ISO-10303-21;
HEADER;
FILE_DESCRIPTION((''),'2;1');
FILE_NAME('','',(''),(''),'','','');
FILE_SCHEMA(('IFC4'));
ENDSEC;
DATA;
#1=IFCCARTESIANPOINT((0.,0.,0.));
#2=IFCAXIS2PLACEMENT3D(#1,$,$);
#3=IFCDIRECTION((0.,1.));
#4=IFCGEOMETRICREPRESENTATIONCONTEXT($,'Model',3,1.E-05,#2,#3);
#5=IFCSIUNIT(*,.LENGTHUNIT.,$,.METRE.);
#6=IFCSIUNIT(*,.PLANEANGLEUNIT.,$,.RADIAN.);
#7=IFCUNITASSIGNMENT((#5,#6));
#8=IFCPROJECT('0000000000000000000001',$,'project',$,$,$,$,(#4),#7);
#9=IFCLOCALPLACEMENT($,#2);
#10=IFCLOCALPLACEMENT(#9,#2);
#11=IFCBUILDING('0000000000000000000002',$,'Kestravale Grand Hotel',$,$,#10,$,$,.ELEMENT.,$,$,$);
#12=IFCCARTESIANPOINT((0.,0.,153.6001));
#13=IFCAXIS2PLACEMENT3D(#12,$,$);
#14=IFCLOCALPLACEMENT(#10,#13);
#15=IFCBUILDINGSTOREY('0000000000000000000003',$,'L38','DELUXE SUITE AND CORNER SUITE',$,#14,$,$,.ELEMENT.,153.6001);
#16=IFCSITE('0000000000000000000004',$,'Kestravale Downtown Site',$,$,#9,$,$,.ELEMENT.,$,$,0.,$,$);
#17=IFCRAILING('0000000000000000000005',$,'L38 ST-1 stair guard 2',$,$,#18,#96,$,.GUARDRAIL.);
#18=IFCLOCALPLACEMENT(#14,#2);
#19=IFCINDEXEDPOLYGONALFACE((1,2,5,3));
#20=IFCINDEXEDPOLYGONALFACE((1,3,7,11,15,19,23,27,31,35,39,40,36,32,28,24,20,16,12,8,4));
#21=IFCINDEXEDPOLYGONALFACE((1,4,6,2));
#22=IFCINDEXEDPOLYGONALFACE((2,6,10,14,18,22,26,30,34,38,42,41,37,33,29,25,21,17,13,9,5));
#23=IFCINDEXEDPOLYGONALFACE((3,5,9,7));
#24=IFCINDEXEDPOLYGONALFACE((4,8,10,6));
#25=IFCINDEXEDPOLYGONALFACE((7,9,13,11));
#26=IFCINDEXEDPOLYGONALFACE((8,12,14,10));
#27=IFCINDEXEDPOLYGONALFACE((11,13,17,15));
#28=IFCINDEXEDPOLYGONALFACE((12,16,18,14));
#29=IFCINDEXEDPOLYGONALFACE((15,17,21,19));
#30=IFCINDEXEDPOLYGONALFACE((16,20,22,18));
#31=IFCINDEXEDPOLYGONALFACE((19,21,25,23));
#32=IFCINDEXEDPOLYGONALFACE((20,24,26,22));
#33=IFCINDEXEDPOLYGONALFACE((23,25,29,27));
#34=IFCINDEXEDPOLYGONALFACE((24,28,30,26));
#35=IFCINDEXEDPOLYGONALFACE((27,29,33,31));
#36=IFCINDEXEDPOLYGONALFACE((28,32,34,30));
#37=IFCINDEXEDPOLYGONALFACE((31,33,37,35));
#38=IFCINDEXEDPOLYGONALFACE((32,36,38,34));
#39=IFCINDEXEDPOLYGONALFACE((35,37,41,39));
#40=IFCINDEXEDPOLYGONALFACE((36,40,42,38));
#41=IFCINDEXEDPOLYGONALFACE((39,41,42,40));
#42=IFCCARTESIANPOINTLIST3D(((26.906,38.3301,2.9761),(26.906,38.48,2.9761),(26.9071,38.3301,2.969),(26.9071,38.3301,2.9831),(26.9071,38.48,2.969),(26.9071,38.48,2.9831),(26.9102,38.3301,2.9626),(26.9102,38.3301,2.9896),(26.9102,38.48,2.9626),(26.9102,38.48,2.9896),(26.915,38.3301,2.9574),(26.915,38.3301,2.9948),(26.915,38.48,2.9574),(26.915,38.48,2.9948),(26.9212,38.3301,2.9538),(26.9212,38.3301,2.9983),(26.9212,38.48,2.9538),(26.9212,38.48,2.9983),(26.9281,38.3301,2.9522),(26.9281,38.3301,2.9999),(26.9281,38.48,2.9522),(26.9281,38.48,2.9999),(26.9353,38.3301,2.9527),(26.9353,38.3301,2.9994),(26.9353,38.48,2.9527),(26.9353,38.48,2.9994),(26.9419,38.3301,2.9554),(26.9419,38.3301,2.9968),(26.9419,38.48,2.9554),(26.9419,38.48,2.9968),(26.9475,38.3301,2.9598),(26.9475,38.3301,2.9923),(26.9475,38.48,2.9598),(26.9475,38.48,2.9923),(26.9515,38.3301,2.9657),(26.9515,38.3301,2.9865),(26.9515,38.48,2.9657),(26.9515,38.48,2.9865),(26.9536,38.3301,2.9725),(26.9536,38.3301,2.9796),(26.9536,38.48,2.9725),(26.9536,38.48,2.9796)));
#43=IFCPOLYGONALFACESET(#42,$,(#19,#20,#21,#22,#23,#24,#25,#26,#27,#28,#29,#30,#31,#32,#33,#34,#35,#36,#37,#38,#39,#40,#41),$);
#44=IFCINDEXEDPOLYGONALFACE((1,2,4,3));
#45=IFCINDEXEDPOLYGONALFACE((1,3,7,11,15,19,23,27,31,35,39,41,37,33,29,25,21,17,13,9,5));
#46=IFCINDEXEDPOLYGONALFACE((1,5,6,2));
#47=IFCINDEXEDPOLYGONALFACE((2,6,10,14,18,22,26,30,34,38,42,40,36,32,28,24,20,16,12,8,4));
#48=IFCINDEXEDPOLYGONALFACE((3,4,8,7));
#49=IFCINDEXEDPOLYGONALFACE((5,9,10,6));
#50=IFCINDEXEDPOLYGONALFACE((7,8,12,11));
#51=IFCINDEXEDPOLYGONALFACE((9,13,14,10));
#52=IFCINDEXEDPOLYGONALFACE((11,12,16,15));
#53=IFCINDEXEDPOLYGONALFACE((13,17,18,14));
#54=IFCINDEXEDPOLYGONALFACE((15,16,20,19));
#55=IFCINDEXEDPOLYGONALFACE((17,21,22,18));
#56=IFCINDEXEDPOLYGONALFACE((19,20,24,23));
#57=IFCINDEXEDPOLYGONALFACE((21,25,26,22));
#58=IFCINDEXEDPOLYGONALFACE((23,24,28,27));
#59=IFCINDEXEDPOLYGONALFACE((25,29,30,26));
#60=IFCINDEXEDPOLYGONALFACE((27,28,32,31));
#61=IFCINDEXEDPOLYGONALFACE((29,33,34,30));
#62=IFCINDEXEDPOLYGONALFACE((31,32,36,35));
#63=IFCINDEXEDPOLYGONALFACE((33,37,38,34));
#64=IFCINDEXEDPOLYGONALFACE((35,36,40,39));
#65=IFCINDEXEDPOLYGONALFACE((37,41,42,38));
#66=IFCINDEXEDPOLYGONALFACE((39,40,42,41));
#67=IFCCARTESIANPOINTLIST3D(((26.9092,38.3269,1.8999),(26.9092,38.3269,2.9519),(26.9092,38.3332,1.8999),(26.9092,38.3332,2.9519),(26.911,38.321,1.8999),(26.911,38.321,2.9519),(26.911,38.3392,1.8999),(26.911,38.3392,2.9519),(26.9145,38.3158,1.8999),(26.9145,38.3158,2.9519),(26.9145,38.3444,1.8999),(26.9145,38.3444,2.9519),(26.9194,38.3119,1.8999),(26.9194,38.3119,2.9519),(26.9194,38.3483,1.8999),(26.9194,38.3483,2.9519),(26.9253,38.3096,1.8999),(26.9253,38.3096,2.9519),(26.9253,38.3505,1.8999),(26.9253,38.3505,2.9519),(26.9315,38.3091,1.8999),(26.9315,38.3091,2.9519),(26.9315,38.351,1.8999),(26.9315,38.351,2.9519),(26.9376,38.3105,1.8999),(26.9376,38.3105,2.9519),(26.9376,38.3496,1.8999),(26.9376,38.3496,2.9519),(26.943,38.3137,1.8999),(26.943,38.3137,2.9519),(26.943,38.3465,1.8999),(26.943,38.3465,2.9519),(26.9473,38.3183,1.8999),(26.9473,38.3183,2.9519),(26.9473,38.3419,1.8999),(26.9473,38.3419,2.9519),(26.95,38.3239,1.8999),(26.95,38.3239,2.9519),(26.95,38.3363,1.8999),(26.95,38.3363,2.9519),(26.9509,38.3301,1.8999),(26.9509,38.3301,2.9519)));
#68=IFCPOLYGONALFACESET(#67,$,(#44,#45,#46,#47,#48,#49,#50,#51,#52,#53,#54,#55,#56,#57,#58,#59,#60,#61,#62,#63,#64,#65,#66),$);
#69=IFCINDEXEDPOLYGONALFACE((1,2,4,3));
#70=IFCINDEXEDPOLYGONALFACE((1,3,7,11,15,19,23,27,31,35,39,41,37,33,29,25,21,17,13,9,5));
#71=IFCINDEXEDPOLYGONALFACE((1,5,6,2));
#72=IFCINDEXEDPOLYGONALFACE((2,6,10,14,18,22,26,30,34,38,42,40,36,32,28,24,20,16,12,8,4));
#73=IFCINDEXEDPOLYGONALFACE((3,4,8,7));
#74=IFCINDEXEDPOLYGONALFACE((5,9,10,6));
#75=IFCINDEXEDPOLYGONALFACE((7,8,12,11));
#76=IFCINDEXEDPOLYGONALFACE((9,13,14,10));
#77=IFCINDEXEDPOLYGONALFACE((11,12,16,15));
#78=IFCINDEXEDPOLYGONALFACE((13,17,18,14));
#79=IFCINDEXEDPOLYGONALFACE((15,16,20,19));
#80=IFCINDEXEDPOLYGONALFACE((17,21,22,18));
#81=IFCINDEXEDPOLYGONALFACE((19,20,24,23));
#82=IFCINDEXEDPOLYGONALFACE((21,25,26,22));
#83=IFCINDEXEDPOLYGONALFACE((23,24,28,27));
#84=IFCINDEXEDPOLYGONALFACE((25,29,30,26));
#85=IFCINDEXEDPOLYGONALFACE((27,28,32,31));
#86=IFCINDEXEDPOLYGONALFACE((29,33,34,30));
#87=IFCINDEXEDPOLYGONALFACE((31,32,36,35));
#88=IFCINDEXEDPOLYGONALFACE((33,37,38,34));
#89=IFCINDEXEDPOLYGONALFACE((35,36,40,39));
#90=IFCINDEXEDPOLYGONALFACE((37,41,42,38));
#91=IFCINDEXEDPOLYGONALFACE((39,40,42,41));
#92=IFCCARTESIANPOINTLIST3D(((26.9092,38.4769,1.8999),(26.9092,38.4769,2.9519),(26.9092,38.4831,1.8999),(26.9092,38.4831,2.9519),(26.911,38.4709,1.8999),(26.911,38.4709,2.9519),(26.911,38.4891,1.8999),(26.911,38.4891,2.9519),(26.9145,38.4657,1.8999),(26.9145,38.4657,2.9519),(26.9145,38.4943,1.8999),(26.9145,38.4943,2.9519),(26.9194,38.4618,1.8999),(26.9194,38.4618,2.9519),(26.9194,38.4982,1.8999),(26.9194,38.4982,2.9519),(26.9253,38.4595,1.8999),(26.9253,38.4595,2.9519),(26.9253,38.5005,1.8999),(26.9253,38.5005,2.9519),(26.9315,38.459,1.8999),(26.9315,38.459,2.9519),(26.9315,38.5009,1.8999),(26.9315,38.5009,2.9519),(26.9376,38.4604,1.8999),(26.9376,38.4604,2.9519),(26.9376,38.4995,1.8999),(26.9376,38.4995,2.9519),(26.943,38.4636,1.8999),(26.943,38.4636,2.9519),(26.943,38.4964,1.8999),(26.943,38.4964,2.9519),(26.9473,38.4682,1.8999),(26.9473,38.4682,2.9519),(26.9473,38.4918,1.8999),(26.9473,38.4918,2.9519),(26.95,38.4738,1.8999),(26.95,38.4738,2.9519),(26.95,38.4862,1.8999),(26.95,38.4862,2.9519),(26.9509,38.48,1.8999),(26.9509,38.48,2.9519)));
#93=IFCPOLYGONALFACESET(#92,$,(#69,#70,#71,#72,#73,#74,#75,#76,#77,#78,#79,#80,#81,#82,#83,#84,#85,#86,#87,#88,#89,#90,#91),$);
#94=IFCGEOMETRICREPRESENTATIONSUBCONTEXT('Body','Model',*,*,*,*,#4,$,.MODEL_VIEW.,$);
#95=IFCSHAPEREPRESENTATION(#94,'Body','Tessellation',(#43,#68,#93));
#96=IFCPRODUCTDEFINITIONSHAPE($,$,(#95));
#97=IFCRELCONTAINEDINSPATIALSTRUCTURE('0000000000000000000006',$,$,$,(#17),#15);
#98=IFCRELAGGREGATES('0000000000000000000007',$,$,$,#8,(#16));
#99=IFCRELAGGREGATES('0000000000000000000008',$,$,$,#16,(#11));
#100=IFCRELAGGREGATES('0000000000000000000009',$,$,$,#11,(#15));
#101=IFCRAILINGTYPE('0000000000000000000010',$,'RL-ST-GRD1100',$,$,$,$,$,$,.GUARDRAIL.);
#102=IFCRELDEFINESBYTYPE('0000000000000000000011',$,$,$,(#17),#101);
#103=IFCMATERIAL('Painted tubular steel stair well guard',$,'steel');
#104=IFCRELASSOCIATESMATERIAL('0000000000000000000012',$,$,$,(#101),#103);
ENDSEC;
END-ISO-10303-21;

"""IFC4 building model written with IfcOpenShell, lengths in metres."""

from ifc_helpers import new_model, si_unit, direction, frame, origin, origin_2d, place, context, subcontext, project, spatial, circle, extrude, material, type_object, element, save


model = new_model("IFC4")

# Units and contexts
model_context = context("Model", 3, precision=1e-05, world=origin(), true_north=direction((0.0, 1.0)))
body_context = subcontext(model_context, "Body", "Model", "MODEL_VIEW")
ifc_project = project(units=[si_unit("LENGTHUNIT", "METRE"), si_unit("PLANEANGLEUNIT", "RADIAN")], contexts=[model_context])

# Site, building, storey
site_placement = place(None, origin())
site = spatial("IfcSite", under=ifc_project, at=site_placement, Name="Kestravale Downtown Site", CompositionType="ELEMENT", RefElevation=0.0)
building_placement = place(site_placement, origin())
building = spatial("IfcBuilding", under=site, at=building_placement, Name="Kestravale Grand Hotel", CompositionType="ELEMENT")
storey_placement = place(building_placement, frame((0.0, 0.0, 153.6001)))
storey = spatial("IfcBuildingStorey", under=building, at=storey_placement, Name="L38", Description="DELUXE SUITE AND CORNER SUITE", CompositionType="ELEMENT", Elevation=153.6001)

# Railing
ifc_material_1 = material(Name="Painted tubular steel stair well guard", Category="steel")
railing_type_1 = type_object("IfcRailingType", Name="RL-ST-GRD1100", PredefinedType="GUARDRAIL", material=ifc_material_1)
railing_1_placement = place(storey_placement, frame((26.9299, 38.3301, 1.8999)))
element("IfcRailing", 1, at=railing_1_placement, inside=storey, type_object=railing_type_1, Name="L38 ST-1 stair guard 2", PredefinedType="GUARDRAIL", context=body_context, shape_type="SweptSolid", body=[
    extrude(circle(Radius=0.0239, at=origin_2d()), frame((0.0, 0.0, 1.0762), z_axis=(0.0, 1.0, 0.0), x_axis=(-1.0, 0.0, 0.0)), (0.0, 0.0, 1.0), 0.1499),
    extrude(circle(Radius=0.021, at=origin_2d()), origin(), (0.0, 0.0, 1.0), 1.052),
    extrude(circle(Radius=0.021, at=origin_2d()), frame((0.0, 0.1499, 0.0)), (0.0, 0.0, 1.0), 1.052),
])

save(model, "model.ifc")
